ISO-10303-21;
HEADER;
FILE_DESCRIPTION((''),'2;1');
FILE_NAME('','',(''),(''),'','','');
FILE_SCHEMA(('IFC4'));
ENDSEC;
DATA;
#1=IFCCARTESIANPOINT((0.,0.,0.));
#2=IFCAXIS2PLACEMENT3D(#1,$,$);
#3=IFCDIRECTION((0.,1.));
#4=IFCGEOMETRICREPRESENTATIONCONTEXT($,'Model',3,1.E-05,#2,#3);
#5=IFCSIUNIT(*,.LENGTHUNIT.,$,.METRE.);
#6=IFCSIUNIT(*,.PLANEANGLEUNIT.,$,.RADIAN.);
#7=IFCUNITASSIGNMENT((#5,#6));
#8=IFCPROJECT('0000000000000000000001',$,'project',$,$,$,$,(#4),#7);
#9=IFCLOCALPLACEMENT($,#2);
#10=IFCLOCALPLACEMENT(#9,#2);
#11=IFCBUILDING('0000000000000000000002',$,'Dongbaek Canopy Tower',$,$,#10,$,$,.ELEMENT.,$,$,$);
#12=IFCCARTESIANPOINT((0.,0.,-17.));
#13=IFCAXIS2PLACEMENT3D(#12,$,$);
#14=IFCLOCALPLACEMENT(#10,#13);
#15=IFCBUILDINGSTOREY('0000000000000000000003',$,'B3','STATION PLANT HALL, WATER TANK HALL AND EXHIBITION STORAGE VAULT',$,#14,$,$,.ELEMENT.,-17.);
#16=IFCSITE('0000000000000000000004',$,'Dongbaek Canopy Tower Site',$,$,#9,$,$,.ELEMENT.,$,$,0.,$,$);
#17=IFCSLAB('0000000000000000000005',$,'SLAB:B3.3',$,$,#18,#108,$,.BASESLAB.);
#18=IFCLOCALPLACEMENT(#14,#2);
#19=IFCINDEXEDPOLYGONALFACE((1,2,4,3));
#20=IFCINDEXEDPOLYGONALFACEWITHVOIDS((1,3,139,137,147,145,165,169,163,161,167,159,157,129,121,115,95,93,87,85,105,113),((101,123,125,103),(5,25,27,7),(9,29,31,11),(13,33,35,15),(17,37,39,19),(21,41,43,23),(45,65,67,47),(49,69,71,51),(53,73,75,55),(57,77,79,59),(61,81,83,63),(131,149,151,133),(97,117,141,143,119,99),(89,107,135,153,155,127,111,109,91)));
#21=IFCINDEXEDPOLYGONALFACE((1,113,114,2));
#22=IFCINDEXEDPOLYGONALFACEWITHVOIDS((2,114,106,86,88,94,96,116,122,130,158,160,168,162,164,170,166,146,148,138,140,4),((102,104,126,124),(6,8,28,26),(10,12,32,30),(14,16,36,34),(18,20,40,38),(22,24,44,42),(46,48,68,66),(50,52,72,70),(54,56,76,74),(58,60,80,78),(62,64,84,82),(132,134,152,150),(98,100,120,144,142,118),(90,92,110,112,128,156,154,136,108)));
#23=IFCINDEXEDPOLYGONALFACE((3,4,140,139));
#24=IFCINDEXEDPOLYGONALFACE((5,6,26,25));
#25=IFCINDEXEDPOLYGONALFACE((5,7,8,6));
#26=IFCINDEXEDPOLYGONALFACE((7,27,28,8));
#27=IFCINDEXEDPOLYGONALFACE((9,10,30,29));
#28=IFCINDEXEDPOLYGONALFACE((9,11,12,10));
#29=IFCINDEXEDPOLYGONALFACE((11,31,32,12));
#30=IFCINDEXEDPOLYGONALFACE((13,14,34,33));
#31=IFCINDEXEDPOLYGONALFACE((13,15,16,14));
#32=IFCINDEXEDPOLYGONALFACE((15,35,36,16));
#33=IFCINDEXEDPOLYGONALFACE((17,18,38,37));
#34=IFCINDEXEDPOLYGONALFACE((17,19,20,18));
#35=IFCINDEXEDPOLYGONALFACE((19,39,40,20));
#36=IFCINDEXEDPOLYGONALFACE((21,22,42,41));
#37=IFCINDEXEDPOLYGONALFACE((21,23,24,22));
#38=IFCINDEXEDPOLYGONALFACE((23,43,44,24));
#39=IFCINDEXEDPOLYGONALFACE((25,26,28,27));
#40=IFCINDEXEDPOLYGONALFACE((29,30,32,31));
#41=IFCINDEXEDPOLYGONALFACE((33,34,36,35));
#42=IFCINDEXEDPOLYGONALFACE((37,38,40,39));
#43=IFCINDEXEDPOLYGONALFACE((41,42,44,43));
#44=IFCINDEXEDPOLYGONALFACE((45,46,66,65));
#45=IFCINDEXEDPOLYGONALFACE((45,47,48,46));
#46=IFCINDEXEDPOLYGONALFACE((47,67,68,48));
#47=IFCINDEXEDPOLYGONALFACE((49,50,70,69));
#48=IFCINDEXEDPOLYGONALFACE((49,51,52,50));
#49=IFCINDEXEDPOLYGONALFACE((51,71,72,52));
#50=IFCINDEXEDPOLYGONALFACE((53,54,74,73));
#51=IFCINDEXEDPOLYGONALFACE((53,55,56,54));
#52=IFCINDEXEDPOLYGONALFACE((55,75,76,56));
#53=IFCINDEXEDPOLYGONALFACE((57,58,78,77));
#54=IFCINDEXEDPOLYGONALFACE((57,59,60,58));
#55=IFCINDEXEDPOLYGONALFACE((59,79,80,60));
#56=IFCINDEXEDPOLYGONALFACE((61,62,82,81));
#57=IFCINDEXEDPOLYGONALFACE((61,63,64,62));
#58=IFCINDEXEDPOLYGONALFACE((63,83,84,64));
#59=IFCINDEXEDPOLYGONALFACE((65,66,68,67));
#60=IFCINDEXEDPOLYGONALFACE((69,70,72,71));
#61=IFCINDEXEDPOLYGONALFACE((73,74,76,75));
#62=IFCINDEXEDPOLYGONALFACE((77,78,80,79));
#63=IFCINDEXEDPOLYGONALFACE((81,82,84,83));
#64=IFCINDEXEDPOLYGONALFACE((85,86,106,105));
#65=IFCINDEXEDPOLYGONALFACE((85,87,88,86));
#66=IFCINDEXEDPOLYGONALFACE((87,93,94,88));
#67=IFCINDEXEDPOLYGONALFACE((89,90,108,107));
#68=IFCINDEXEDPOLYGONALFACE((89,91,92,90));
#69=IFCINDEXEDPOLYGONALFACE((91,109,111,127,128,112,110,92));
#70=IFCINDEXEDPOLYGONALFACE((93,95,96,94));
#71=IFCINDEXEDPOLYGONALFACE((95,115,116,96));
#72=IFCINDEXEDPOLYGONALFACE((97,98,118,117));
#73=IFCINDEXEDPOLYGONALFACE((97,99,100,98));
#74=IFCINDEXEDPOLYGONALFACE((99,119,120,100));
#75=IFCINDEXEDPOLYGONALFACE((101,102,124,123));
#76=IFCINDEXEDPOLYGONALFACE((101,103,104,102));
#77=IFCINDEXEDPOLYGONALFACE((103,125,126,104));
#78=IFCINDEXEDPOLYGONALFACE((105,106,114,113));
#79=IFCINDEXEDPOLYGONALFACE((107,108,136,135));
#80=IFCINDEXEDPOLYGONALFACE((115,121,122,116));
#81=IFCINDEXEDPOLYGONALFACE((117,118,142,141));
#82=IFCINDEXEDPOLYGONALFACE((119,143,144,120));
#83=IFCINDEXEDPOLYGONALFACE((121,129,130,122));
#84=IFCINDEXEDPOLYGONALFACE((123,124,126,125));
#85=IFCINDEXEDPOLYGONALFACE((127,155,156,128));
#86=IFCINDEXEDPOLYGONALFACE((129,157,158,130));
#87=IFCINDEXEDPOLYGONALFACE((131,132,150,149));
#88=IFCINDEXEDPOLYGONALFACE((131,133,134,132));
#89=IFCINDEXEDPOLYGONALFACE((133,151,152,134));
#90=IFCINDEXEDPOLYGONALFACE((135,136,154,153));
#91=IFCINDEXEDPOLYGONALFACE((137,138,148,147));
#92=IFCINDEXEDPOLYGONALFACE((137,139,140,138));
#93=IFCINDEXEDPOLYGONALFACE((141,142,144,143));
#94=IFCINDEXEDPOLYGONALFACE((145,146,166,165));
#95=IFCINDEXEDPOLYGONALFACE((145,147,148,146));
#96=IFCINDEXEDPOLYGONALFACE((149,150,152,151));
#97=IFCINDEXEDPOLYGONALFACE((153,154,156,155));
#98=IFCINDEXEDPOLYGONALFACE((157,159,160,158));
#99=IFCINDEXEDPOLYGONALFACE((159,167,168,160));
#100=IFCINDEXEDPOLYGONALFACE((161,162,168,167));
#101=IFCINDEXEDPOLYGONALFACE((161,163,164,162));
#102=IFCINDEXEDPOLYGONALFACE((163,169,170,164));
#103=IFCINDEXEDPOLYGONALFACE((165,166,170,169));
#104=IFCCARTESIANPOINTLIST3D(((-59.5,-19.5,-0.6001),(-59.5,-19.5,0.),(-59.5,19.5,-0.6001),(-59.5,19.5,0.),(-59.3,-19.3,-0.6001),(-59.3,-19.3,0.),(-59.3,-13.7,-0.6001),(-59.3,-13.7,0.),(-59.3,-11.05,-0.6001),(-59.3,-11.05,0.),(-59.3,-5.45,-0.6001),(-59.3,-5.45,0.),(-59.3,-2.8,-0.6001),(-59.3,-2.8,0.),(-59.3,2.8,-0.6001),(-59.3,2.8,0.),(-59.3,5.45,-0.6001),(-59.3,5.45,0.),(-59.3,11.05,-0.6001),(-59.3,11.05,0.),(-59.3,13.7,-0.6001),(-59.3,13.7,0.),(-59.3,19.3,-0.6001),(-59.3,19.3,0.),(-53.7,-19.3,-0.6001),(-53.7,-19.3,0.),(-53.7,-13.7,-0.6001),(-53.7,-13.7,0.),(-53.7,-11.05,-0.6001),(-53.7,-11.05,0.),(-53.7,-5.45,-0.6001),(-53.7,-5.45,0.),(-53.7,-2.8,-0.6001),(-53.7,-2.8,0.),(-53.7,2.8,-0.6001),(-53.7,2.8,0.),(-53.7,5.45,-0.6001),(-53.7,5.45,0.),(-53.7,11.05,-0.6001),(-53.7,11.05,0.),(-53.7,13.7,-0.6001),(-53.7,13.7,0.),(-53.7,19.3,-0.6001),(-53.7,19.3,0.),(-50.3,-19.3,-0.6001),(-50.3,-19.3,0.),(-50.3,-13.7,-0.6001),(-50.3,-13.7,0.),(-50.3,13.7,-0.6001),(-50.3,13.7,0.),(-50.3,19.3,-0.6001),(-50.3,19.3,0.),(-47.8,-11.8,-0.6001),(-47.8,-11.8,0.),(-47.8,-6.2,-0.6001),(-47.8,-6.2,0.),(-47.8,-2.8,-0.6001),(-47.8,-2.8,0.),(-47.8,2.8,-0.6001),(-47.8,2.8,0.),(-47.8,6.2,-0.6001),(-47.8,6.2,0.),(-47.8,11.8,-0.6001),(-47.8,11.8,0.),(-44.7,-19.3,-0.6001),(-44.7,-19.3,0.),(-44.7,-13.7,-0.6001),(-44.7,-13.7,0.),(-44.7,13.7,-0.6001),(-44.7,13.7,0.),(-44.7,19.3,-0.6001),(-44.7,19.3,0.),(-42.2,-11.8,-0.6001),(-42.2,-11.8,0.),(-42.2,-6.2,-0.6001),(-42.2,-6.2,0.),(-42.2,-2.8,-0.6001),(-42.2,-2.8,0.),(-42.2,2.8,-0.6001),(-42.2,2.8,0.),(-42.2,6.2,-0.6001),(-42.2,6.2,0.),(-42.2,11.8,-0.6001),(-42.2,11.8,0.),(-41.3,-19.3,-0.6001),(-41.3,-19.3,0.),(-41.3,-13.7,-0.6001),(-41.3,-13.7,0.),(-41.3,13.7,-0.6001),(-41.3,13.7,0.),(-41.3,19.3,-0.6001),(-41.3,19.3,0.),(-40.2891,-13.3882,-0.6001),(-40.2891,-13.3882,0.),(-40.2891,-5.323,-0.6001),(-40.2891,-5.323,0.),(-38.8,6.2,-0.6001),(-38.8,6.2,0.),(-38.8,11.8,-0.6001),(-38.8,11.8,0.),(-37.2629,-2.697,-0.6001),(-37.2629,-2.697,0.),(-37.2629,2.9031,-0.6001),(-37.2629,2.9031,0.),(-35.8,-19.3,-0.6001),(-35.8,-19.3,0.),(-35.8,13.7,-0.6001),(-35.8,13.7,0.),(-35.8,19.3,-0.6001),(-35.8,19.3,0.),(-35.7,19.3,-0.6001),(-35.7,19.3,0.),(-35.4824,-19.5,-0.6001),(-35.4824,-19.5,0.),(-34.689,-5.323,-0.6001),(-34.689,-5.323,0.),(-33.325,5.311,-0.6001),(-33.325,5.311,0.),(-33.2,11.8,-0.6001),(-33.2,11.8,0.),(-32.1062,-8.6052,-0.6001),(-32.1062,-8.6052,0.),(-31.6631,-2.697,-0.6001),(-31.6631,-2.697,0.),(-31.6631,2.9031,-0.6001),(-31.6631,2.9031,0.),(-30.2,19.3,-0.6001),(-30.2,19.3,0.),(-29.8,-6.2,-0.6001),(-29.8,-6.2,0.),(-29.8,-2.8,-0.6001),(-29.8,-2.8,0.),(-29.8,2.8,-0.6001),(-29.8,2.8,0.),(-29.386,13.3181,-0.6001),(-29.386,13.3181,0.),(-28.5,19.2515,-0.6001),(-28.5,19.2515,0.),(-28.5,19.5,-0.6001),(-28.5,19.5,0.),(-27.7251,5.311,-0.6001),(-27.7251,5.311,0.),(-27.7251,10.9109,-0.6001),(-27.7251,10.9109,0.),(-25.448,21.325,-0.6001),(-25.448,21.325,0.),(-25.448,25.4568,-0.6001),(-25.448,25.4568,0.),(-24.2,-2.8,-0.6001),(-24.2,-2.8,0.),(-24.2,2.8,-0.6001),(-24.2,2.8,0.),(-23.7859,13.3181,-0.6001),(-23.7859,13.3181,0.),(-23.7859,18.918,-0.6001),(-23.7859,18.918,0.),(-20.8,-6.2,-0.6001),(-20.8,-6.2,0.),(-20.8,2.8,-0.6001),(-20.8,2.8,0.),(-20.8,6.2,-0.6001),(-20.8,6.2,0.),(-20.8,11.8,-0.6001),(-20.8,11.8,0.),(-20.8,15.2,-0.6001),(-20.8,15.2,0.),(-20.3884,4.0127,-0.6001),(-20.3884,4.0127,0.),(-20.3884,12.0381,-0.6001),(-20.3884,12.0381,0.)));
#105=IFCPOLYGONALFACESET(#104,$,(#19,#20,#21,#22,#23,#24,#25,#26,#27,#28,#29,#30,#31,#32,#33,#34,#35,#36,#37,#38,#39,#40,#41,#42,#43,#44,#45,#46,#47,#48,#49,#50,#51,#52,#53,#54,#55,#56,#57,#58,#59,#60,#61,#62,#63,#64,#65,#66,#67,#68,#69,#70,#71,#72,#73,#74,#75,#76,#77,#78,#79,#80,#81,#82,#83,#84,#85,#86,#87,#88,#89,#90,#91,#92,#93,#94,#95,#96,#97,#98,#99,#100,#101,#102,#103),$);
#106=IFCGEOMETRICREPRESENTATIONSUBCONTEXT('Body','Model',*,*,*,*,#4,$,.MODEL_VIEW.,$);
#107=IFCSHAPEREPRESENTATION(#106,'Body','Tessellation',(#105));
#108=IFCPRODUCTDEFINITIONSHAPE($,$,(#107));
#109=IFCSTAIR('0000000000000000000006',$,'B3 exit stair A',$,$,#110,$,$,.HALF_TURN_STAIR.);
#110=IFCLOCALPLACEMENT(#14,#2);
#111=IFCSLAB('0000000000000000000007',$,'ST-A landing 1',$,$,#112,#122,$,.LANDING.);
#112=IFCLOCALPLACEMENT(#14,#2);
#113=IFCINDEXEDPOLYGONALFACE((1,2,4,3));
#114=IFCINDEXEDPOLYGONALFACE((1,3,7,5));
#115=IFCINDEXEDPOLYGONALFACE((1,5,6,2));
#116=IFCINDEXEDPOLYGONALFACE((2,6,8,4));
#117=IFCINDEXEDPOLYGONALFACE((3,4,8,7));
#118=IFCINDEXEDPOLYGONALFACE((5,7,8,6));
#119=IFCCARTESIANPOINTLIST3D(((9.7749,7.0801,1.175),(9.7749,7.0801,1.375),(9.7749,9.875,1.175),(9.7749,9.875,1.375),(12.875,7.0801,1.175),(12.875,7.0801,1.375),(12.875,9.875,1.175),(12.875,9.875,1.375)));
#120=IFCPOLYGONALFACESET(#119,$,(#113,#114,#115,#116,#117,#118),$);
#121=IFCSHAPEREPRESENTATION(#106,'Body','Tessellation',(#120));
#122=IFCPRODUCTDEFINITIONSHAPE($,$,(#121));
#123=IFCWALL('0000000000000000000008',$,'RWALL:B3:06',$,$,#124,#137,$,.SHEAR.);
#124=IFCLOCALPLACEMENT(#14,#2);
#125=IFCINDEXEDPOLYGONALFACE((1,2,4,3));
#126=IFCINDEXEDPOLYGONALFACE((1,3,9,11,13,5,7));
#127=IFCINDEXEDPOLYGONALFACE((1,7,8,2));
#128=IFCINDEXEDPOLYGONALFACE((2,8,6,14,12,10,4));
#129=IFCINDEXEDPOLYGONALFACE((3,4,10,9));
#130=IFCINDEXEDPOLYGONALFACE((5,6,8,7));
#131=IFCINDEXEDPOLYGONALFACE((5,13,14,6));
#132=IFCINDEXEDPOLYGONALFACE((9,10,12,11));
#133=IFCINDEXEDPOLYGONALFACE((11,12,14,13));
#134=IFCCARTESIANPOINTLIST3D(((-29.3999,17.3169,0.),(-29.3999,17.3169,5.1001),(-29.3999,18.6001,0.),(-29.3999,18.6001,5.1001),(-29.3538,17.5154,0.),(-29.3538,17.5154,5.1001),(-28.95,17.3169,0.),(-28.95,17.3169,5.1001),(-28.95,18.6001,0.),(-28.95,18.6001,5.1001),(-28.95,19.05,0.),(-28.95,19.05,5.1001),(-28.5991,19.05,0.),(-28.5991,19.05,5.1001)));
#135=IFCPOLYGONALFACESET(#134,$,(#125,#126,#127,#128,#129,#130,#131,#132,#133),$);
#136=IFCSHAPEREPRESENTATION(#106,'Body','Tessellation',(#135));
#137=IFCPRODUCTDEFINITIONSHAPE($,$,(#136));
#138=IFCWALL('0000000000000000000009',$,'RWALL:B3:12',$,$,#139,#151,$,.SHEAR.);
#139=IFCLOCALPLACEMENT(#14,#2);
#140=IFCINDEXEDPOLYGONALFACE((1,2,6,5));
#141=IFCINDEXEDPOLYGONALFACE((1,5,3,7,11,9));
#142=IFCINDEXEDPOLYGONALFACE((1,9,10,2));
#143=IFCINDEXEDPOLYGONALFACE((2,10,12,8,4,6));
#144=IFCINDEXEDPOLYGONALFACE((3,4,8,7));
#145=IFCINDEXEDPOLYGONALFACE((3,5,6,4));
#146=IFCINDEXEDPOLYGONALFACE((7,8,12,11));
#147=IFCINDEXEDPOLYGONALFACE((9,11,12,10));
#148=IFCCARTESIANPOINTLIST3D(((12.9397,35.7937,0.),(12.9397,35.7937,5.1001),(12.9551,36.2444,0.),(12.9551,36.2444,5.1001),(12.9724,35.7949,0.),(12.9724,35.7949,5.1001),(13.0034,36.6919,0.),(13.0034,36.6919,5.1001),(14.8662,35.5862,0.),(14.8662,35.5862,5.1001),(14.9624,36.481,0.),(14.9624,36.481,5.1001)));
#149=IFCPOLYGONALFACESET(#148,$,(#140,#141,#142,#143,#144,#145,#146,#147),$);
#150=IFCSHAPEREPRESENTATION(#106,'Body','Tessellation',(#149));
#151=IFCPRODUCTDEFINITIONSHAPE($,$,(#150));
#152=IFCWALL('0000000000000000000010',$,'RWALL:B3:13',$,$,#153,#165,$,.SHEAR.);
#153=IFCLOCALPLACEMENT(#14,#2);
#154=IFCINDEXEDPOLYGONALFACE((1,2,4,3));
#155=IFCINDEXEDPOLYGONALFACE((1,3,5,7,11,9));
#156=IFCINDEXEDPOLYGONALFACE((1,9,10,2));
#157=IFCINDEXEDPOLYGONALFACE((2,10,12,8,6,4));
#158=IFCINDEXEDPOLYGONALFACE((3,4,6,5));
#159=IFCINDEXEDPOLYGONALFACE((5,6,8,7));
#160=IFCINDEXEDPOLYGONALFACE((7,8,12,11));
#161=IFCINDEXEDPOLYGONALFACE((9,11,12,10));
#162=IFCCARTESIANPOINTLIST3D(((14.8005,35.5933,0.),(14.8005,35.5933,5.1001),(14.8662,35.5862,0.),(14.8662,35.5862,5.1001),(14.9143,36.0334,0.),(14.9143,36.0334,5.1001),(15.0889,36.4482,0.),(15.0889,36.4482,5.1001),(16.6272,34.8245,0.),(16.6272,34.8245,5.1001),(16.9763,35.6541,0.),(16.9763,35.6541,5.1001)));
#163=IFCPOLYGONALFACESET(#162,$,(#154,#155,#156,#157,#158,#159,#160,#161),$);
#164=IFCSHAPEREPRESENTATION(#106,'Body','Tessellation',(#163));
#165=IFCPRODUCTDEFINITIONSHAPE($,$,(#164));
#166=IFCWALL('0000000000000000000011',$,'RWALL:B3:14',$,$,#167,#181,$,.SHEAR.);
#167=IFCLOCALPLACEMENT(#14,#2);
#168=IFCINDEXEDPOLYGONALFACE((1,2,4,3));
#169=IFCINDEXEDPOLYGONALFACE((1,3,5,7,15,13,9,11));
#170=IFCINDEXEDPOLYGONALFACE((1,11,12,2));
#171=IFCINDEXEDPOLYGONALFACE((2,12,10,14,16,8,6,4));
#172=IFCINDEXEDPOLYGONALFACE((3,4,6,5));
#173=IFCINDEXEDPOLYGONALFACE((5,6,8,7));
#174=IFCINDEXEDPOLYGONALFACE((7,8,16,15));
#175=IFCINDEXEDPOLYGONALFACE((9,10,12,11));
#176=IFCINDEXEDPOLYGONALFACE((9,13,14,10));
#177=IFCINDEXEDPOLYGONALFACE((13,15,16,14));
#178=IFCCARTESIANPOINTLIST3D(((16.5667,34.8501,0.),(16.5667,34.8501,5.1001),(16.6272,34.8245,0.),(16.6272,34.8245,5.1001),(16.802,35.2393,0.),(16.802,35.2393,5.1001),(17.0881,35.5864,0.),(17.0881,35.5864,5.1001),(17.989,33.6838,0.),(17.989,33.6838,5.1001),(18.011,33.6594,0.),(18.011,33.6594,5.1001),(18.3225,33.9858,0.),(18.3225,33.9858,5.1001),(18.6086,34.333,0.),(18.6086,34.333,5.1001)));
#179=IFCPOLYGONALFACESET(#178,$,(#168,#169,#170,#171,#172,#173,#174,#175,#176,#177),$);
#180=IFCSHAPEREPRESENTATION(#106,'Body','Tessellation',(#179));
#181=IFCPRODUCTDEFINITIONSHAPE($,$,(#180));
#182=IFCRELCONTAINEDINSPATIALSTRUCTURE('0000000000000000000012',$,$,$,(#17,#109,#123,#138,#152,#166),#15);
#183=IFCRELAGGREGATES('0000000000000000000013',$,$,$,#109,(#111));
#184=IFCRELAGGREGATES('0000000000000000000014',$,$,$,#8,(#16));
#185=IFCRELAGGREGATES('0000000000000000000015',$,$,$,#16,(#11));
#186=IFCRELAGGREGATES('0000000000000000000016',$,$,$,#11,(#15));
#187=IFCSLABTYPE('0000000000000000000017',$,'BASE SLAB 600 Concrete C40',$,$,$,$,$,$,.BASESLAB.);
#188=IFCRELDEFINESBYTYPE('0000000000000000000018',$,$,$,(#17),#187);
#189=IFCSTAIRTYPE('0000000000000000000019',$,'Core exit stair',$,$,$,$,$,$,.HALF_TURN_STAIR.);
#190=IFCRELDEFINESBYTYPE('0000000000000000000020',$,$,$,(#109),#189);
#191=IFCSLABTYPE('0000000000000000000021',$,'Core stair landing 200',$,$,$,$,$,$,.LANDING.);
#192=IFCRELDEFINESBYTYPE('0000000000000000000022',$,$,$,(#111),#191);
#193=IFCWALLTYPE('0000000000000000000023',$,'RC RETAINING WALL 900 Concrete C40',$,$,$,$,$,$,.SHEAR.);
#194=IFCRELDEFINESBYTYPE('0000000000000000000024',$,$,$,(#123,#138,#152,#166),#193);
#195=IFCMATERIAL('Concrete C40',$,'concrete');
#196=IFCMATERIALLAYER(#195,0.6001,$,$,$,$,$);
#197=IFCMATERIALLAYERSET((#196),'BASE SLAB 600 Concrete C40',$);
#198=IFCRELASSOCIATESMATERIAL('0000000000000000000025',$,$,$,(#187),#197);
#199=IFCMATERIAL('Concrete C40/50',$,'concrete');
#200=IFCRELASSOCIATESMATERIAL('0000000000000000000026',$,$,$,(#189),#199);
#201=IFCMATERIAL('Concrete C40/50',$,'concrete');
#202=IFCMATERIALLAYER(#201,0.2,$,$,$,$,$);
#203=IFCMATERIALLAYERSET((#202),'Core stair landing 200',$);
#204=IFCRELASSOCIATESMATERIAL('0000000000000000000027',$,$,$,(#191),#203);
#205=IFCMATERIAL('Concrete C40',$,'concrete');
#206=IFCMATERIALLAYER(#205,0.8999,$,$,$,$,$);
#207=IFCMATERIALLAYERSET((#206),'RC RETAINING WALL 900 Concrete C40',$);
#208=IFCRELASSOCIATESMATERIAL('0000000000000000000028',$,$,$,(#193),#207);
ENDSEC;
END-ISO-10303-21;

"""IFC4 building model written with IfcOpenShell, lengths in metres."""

from ifc_helpers import new_model, si_unit, direction, frame, origin, place, context, subcontext, project, spatial, polyline, outline, extrude, material, layer, layer_set, type_object, element, aggregate, save


model = new_model("IFC4")

# Units and contexts
model_context = context("Model", 3, precision=1e-05, world=origin(), true_north=direction((0.0, 1.0)))
body_context = subcontext(model_context, "Body", "Model", "MODEL_VIEW")
ifc_project = project(units=[si_unit("LENGTHUNIT", "METRE"), si_unit("PLANEANGLEUNIT", "RADIAN")], contexts=[model_context])

# Site, building, storey
site_placement = place(None, origin())
site = spatial("IfcSite", under=ifc_project, at=site_placement, Name="Dongbaek Canopy Tower Site", CompositionType="ELEMENT", RefElevation=0.0)
building_placement = place(site_placement, origin())
building = spatial("IfcBuilding", under=site, at=building_placement, Name="Dongbaek Canopy Tower", CompositionType="ELEMENT")
storey_placement = place(building_placement, frame((0.0, 0.0, -17.0)))
storey = spatial("IfcBuildingStorey", under=building, at=storey_placement, Name="B3", Description="STATION PLANT HALL, WATER TANK HALL AND EXHIBITION STORAGE VAULT", CompositionType="ELEMENT", Elevation=-17.0)

# Slab
ifc_material_1 = material(Name="Concrete C40", Category="concrete")
ifc_layer_1 = layer(ifc_material_1, 0.6001)
ifc_layer_set_1 = layer_set([ifc_layer_1], Name="BASE SLAB 600 Concrete C40")
slab_type_1 = type_object("IfcSlabType", Name="BASE SLAB 600 Concrete C40", PredefinedType="BASESLAB", material=ifc_layer_set_1)
slab_1_placement = place(storey_placement, frame((0.0, 0.0, -0.6001)))
element("IfcSlab", 1, at=slab_1_placement, inside=storey, type_object=slab_type_1, Name="SLAB:B3.3", PredefinedType="BASESLAB", context=body_context, shape_type="SweptSolid", body=[
    extrude(outline(polyline([(-59.5, -19.5), (-59.5, 19.5), (-28.5, 19.5), (-28.5, 19.2515), (-25.448, 25.4568), (-25.448, 21.325), (-20.8, 15.2), (-20.3884, 12.0381), (-20.8, 11.8), (-20.8, 6.2), (-20.3884, 4.0127), (-20.8, 2.8), (-20.8, -6.2), (-29.8, -6.2), (-32.1062, -8.6052), (-34.689, -5.323), (-40.2891, -5.323), (-40.2891, -13.3882), (-41.3, -13.7), (-41.3, -19.3), (-35.8, -19.3), (-35.4824, -19.5), (-59.5, -19.5)]), holes=[polyline([(-53.7, -19.3), (-53.7, -13.7), (-59.3, -13.7), (-59.3, -19.3), (-53.7, -19.3)]), polyline([(-44.7, -19.3), (-44.7, -13.7), (-50.3, -13.7), (-50.3, -19.3), (-44.7, -19.3)]), polyline([(-42.2, -11.8), (-42.2, -6.2), (-47.8, -6.2), (-47.8, -11.8), (-42.2, -11.8)]), polyline([(-53.7, -11.05), (-53.7, -5.45), (-59.3, -5.45), (-59.3, -11.05), (-53.7, -11.05)]), polyline([(-53.7, -2.8), (-53.7, 2.8), (-59.3, 2.8), (-59.3, -2.8), (-53.7, -2.8)]), polyline([(-42.2, -2.8), (-42.2, 2.8), (-47.8, 2.8), (-47.8, -2.8), (-42.2, -2.8)]), polyline([(-24.2, -2.8), (-24.2, 2.8), (-29.8, 2.8), (-29.8, -2.8), (-24.2, -2.8)]), polyline([(-31.6631, -2.697), (-31.6631, 2.9031), (-37.2629, 2.9031), (-37.2629, -2.697), (-31.6631, -2.697)]), polyline([(-53.7, 5.45), (-53.7, 11.05), (-59.3, 11.05), (-59.3, 5.45), (-53.7, 5.45)]), polyline([(-33.2, 11.8), (-38.8, 11.8), (-38.8, 6.2), (-33.325, 5.311), (-27.7251, 5.311), (-27.7251, 10.9109), (-33.2, 11.8)]), polyline([(-42.2, 6.2), (-42.2, 11.8), (-47.8, 11.8), (-47.8, 6.2), (-42.2, 6.2)]), polyline([(-35.8, 19.3), (-41.3, 19.3), (-41.3, 13.7), (-35.8, 13.7), (-29.386, 13.3181), (-23.7859, 13.3181), (-23.7859, 18.918), (-30.2, 19.3), (-35.7, 19.3), (-35.8, 19.3)]), polyline([(-53.7, 13.7), (-53.7, 19.3), (-59.3, 19.3), (-59.3, 13.7), (-53.7, 13.7)]), polyline([(-44.7, 13.7), (-44.7, 19.3), (-50.3, 19.3), (-50.3, 13.7), (-44.7, 13.7)])]), origin(), (0.0, 0.0, 1.0), 0.6001),
])

# Stair, slab
ifc_material_2 = material(Name="Concrete C40/50", Category="concrete")
stair_type = type_object("IfcStairType", Name="Core exit stair", PredefinedType="HALF_TURN_STAIR", material=ifc_material_2)
stair_placement = place(storey_placement, origin())
stair = element("IfcStair", 2, at=stair_placement, inside=storey, type_object=stair_type, Name="B3 exit stair A", PredefinedType="HALF_TURN_STAIR")
ifc_material_3 = material(Name="Concrete C40/50", Category="concrete")
ifc_layer_2 = layer(ifc_material_3, 0.2)
ifc_layer_set_2 = layer_set([ifc_layer_2], Name="Core stair landing 200")
slab_type_2 = type_object("IfcSlabType", Name="Core stair landing 200", PredefinedType="LANDING", material=ifc_layer_set_2)
slab_2_placement = place(storey_placement, frame((0.0, 0.0, 1.175)))
slab_2 = element("IfcSlab", 3, at=slab_2_placement, type_object=slab_type_2, Name="ST-A landing 1", PredefinedType="LANDING", context=body_context, shape_type="SweptSolid", body=[
    extrude(outline(polyline([(12.875, 7.0801), (12.875, 9.875), (9.7749, 9.875), (9.7749, 7.0801), (12.875, 7.0801)])), origin(), (0.0, 0.0, 1.0), 0.2),
])
aggregate(stair, [slab_2])

# Walls
ifc_material_4 = material(Name="Concrete C40", Category="concrete")
ifc_layer_3 = layer(ifc_material_4, 0.8999)
ifc_layer_set_3 = layer_set([ifc_layer_3], Name="RC RETAINING WALL 900 Concrete C40")
wall_type = type_object("IfcWallType", Name="RC RETAINING WALL 900 Concrete C40", PredefinedType="SHEAR", material=ifc_layer_set_3)
wall_1_placement = place(storey_placement, origin())
element("IfcWall", 4, at=wall_1_placement, inside=storey, type_object=wall_type, Name="RWALL:B3:06", PredefinedType="SHEAR", context=body_context, shape_type="SweptSolid", body=[
    extrude(outline(polyline([(-29.3999, 17.3169), (-28.95, 17.3169), (-29.3538, 17.5154), (-28.5991, 19.05), (-28.95, 19.05), (-28.95, 18.6001), (-29.3999, 18.6001), (-29.3999, 17.3169)])), origin(), (0.0, 0.0, 1.0), 5.1001),
])
wall_2_placement = place(storey_placement, origin())
element("IfcWall", 5, at=wall_2_placement, inside=storey, type_object=wall_type, Name="RWALL:B3:12", PredefinedType="SHEAR", context=body_context, shape_type="SweptSolid", body=[
    extrude(outline(polyline([(14.9624, 36.481), (13.0034, 36.6919), (12.9551, 36.2444), (12.9724, 35.7949), (12.9397, 35.7937), (14.8662, 35.5862), (14.9624, 36.481)])), origin(), (0.0, 0.0, 1.0), 5.1001),
])
wall_3_placement = place(storey_placement, origin())
element("IfcWall", 6, at=wall_3_placement, inside=storey, type_object=wall_type, Name="RWALL:B3:13", PredefinedType="SHEAR", context=body_context, shape_type="SweptSolid", body=[
    extrude(outline(polyline([(16.9763, 35.6541), (15.0889, 36.4482), (14.9143, 36.0334), (14.8662, 35.5862), (14.8005, 35.5933), (16.6272, 34.8245), (16.9763, 35.6541)])), origin(), (0.0, 0.0, 1.0), 5.1001),
])
wall_4_placement = place(storey_placement, origin())
element("IfcWall", 7, at=wall_4_placement, inside=storey, type_object=wall_type, Name="RWALL:B3:14", PredefinedType="SHEAR", context=body_context, shape_type="SweptSolid", body=[
    extrude(outline(polyline([(18.6086, 34.333), (17.0881, 35.5864), (16.802, 35.2393), (16.6272, 34.8245), (16.5667, 34.8501), (18.011, 33.6594), (17.989, 33.6838), (18.3225, 33.9858), (18.6086, 34.333)])), origin(), (0.0, 0.0, 1.0), 5.1001),
])

save(model, "model.ifc")
